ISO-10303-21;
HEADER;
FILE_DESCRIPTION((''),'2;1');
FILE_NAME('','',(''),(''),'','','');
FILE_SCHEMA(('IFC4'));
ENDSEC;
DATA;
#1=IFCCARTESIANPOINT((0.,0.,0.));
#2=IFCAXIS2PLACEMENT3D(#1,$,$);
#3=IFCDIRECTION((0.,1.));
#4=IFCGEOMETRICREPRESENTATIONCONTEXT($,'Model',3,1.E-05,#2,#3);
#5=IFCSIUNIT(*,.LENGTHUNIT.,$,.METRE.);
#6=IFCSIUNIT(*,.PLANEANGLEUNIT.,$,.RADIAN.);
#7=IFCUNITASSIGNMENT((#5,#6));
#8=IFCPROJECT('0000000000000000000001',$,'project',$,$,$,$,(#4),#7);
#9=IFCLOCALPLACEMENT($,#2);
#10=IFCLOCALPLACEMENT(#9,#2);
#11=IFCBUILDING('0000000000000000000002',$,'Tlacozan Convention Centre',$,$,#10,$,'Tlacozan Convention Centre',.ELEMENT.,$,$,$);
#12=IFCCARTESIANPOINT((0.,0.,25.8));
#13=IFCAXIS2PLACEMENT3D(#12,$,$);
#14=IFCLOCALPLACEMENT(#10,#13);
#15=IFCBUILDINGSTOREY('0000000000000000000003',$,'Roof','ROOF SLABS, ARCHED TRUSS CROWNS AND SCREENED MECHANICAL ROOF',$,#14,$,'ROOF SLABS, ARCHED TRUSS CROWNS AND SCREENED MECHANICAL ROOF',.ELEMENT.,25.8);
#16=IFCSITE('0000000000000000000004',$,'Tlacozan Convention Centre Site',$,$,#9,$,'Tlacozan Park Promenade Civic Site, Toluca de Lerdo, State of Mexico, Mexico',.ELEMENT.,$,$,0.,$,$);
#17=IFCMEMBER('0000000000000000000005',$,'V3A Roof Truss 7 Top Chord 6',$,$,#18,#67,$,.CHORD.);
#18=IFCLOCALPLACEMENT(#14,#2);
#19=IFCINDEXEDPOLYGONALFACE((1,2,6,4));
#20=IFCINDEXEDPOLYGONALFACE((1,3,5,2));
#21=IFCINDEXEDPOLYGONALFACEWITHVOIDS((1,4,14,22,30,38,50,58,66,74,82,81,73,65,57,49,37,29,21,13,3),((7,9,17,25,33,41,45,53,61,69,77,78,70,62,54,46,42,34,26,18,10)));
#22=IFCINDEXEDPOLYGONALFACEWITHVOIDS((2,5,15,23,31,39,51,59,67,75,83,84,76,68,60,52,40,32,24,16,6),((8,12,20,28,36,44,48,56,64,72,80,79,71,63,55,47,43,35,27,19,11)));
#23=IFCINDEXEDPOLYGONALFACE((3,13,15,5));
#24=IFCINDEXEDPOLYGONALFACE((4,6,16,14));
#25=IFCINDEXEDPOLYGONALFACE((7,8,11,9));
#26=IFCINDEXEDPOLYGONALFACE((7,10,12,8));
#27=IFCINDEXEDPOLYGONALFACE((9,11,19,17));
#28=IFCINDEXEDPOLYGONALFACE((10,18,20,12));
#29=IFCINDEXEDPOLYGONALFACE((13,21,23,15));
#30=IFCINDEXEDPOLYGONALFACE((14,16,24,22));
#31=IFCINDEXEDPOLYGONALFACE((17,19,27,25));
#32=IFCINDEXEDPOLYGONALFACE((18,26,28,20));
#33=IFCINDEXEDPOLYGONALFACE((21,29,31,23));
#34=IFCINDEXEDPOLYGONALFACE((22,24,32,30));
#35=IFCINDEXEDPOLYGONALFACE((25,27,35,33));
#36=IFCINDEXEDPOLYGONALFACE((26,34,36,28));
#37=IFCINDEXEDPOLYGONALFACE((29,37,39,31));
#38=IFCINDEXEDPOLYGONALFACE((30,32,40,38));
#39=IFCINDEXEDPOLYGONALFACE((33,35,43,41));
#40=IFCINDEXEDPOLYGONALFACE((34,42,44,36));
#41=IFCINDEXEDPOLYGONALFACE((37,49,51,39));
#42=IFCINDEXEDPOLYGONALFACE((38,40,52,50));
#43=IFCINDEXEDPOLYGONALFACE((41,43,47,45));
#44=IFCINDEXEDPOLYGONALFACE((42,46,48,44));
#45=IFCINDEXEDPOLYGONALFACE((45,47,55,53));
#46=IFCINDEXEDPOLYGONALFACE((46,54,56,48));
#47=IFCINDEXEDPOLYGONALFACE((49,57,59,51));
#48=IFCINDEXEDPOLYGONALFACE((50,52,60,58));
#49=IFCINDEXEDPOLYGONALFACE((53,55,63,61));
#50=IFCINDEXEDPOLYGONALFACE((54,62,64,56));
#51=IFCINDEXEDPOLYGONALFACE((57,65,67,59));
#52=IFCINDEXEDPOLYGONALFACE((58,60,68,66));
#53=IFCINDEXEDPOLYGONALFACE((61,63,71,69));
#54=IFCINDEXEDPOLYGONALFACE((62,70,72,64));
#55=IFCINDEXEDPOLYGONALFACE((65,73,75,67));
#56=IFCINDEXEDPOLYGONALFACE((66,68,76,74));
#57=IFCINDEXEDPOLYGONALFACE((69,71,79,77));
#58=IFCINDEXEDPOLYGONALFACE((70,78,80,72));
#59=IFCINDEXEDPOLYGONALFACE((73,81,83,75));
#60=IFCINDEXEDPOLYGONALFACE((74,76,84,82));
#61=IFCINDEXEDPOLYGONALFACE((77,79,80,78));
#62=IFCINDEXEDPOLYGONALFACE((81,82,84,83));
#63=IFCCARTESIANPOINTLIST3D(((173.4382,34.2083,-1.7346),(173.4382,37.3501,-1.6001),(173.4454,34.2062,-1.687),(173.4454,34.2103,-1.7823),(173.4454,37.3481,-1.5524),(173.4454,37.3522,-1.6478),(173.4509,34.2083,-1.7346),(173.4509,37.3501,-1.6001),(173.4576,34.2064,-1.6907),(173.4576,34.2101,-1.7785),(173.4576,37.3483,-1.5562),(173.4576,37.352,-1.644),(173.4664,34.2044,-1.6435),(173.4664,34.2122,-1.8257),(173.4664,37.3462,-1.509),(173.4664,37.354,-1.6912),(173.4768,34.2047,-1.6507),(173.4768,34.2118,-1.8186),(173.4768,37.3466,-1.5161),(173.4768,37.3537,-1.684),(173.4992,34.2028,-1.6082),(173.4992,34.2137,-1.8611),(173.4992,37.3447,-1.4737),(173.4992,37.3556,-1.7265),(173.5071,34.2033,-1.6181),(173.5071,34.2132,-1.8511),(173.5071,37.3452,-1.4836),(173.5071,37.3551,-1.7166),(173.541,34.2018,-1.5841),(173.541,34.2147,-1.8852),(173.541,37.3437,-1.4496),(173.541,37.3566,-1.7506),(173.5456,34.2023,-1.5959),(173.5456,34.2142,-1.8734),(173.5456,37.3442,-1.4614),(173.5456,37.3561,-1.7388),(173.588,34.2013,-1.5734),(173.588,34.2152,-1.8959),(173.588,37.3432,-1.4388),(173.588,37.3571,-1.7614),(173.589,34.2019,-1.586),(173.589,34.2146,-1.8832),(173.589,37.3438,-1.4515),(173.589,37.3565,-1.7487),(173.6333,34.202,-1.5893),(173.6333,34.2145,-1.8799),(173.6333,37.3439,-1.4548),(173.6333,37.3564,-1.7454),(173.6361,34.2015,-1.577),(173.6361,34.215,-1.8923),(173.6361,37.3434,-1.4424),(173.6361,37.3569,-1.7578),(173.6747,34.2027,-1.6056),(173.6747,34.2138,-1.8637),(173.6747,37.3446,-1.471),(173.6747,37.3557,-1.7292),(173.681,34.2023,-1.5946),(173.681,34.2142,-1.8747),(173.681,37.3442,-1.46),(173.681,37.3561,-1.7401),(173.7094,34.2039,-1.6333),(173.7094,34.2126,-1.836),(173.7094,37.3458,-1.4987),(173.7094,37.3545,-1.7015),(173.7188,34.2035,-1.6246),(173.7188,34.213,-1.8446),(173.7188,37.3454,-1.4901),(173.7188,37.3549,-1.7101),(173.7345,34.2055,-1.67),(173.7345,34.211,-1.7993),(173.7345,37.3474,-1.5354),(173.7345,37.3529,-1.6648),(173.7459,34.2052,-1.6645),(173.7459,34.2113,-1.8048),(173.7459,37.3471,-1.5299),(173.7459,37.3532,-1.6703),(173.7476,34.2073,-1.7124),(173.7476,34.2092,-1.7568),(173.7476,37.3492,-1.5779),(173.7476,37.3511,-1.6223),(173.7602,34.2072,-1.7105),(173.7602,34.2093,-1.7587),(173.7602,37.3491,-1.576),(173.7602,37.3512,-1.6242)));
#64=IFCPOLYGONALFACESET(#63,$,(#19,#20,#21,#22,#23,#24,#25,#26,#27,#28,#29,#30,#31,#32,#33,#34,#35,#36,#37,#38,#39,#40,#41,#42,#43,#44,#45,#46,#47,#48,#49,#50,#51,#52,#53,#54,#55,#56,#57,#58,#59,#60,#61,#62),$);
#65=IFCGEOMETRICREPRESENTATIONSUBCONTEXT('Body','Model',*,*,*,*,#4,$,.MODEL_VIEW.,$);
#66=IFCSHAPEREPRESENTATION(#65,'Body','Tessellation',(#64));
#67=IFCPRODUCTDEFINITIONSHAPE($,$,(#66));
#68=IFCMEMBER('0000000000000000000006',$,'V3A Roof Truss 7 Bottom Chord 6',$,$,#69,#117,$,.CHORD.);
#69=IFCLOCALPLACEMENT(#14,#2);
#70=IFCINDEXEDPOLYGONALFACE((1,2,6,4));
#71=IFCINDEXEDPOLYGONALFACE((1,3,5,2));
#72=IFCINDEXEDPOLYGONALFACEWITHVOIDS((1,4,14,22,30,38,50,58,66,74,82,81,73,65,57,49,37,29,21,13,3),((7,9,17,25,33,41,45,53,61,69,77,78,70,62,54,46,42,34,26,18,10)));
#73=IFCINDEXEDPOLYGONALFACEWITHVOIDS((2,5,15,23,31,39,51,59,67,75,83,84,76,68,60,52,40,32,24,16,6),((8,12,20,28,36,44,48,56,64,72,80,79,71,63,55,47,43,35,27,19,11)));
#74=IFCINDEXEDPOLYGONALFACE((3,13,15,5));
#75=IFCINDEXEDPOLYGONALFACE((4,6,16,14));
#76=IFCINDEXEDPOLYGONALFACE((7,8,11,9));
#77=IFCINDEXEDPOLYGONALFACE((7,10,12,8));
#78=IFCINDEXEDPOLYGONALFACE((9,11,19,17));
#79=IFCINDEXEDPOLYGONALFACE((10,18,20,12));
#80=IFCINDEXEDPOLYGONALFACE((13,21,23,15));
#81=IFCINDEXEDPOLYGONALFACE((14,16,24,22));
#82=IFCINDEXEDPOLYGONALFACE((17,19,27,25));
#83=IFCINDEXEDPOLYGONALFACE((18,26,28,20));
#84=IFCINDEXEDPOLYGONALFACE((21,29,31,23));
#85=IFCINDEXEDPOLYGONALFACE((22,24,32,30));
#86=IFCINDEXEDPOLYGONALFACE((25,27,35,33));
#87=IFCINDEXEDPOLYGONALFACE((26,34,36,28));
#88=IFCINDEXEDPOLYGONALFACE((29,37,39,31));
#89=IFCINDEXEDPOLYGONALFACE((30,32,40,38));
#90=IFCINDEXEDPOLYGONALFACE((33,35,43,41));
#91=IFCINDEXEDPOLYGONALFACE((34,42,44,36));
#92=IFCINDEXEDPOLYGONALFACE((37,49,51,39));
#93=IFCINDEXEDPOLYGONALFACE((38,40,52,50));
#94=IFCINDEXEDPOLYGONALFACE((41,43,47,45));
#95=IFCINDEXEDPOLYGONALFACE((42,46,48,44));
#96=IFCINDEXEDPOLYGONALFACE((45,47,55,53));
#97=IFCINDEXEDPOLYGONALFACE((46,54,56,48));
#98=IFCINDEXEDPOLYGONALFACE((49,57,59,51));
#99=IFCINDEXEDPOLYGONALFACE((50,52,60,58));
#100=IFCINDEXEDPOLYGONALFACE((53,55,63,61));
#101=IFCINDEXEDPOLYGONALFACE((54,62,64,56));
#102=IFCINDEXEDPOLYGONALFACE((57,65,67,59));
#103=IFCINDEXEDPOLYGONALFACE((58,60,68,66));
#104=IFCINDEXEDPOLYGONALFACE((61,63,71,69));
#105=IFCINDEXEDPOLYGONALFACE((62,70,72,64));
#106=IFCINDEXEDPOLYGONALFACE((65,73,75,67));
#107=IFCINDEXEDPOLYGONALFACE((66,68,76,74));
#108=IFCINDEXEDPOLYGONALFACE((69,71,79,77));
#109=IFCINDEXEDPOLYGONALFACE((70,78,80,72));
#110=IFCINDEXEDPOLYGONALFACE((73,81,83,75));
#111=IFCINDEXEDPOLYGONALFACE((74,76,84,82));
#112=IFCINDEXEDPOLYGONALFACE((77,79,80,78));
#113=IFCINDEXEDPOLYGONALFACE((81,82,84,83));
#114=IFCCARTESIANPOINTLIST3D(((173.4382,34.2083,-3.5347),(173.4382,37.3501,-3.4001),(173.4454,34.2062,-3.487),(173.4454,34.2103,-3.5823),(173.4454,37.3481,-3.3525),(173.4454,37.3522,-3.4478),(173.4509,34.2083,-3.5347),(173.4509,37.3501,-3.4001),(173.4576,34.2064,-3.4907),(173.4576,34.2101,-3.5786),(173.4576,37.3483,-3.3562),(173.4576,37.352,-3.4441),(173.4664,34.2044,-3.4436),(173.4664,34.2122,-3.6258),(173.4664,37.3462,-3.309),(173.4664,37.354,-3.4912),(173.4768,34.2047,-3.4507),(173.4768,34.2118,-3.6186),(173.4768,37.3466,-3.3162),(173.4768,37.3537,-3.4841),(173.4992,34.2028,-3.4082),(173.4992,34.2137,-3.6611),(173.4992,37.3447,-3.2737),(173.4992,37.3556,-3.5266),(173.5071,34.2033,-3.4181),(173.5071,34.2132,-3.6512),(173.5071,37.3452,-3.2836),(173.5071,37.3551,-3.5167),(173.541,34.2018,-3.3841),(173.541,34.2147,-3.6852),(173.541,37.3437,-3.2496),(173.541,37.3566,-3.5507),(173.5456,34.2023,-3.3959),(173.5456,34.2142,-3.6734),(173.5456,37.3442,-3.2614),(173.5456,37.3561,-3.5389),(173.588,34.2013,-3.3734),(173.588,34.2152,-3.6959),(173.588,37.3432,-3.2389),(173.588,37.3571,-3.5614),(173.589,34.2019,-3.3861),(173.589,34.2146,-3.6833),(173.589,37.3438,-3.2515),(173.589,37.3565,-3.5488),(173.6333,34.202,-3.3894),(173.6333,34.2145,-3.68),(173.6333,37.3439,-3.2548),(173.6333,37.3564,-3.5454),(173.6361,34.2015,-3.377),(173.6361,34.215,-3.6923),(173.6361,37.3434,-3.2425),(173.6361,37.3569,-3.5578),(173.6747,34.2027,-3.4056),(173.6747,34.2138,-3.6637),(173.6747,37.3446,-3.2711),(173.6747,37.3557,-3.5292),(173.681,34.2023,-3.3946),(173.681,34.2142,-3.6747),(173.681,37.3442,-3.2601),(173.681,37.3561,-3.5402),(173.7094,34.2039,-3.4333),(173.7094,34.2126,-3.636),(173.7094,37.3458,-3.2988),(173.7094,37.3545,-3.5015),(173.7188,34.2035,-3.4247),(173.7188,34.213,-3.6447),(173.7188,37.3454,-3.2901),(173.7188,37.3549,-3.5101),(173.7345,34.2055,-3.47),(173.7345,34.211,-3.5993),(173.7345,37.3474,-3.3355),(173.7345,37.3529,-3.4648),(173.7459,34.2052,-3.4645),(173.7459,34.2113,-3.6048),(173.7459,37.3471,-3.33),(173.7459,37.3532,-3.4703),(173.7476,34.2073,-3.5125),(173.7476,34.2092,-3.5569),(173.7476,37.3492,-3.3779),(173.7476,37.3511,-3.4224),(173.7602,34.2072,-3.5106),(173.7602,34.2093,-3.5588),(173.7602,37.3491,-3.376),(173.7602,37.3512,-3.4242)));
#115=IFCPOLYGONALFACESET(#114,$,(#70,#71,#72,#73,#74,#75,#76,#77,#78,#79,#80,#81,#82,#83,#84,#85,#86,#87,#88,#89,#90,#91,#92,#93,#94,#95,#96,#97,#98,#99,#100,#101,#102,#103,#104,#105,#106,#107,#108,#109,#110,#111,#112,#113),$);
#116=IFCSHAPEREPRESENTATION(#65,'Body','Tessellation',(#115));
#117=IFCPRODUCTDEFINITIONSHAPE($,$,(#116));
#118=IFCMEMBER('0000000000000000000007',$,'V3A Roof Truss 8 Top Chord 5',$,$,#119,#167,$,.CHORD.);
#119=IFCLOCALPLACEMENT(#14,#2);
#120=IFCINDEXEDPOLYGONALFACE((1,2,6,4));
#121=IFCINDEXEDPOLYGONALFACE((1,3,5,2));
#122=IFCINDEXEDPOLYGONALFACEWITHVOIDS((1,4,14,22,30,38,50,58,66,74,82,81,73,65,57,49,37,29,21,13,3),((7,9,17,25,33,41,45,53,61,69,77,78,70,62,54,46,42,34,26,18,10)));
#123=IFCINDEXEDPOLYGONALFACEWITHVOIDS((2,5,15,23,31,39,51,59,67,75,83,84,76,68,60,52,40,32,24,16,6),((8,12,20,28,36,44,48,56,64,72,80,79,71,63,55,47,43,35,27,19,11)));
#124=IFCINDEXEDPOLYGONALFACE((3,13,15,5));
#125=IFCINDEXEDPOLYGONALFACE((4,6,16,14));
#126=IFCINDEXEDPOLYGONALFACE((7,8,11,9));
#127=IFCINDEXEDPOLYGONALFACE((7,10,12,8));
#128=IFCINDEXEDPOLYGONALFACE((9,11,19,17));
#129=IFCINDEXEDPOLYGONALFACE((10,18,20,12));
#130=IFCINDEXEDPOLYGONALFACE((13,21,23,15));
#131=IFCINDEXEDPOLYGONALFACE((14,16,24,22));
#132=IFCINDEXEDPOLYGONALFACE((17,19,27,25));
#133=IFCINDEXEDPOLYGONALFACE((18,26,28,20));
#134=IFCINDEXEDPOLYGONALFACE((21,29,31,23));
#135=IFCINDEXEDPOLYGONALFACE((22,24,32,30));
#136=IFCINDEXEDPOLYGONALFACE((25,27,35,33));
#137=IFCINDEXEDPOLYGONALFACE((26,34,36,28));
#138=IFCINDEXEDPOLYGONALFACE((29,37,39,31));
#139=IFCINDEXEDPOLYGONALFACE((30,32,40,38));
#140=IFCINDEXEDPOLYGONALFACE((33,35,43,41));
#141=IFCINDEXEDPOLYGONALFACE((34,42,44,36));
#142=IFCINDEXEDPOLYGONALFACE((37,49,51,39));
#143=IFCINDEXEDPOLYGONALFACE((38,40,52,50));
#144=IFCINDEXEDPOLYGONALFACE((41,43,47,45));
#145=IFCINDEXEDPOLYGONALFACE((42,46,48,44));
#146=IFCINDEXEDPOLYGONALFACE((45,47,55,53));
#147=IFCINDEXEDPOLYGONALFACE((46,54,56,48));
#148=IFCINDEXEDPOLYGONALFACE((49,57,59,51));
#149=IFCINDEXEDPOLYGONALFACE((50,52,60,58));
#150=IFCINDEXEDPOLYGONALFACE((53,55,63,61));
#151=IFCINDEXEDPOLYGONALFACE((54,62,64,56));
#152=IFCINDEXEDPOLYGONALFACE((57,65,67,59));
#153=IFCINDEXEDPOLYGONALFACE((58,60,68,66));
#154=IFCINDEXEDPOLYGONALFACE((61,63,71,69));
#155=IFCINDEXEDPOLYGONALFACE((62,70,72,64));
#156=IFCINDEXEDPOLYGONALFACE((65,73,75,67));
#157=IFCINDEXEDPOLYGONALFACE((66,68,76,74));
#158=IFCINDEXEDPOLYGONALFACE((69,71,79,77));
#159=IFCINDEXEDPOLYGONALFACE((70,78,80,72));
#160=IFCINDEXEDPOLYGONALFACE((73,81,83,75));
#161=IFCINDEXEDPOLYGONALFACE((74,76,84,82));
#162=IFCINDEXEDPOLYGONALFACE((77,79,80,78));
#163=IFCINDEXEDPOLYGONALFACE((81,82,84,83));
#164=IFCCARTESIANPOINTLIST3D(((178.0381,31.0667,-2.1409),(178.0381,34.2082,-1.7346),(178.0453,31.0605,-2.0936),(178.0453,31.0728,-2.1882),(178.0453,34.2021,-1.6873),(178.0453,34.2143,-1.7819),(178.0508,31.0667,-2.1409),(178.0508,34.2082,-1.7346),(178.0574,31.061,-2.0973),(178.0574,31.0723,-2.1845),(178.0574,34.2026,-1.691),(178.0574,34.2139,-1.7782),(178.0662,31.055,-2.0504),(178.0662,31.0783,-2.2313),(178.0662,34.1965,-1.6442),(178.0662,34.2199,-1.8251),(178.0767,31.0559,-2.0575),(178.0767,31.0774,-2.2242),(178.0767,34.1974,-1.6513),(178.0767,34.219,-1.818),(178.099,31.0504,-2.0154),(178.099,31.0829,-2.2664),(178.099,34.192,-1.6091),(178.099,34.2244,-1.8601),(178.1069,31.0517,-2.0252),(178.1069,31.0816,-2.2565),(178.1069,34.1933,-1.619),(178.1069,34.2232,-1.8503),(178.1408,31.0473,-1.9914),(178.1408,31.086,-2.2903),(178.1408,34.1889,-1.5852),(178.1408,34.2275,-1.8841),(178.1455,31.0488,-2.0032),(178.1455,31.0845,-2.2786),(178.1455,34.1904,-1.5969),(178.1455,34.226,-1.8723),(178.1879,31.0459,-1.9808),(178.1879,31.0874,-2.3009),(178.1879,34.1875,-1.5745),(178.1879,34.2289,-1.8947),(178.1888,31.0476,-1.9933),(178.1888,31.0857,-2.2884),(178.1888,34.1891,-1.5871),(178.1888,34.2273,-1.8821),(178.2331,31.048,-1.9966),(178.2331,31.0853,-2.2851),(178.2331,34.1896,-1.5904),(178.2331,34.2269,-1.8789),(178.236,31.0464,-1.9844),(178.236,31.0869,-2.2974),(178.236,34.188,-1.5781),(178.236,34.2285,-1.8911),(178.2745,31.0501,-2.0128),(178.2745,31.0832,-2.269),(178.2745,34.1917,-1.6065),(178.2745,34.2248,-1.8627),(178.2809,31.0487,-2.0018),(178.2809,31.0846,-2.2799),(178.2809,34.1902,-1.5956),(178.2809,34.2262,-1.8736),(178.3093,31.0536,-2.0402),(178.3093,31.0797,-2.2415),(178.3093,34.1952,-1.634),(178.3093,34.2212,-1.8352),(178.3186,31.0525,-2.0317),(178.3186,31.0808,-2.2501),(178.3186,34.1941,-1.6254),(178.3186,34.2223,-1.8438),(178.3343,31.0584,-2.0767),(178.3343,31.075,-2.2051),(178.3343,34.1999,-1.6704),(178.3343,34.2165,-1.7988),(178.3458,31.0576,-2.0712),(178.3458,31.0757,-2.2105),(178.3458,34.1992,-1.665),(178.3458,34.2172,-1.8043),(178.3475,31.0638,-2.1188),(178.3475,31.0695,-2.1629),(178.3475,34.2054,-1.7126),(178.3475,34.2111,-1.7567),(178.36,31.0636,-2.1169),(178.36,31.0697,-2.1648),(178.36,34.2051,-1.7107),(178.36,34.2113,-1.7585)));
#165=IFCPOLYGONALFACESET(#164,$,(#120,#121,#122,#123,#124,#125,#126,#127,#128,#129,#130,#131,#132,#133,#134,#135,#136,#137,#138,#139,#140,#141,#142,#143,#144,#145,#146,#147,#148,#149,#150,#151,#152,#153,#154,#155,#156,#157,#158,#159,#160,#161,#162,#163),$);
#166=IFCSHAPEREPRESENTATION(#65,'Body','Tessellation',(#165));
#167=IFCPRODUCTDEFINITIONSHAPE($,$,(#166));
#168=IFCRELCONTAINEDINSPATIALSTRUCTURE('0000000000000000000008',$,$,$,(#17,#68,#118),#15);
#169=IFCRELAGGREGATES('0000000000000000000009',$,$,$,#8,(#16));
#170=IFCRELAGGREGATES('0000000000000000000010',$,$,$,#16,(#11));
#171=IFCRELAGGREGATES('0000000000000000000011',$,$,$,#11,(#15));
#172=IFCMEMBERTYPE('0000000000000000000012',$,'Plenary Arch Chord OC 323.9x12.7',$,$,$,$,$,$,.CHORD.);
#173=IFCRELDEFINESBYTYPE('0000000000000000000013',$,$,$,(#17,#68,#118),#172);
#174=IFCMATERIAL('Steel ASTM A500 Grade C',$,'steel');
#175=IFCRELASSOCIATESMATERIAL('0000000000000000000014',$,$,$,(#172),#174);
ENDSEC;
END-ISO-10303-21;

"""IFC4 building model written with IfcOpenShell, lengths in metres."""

from ifc_helpers import new_model, si_unit, direction, frame, origin, origin_2d, place, context, subcontext, project, spatial, hollow_circle, extrude, material, material_profile, profile_set, type_object, element, save


model = new_model("IFC4")

# Units and contexts
model_context = context("Model", 3, precision=1e-05, world=origin(), true_north=direction((0.0, 1.0)))
body_context = subcontext(model_context, "Body", "Model", "MODEL_VIEW")
ifc_project = project(units=[si_unit("LENGTHUNIT", "METRE"), si_unit("PLANEANGLEUNIT", "RADIAN")], contexts=[model_context])

# Site, building, storey
site_placement = place(None, origin())
site = spatial("IfcSite", under=ifc_project, at=site_placement, Name="Tlacozan Convention Centre Site", LongName="Tlacozan Park Promenade Civic Site, Toluca de Lerdo, State of Mexico, Mexico", CompositionType="ELEMENT", RefElevation=0.0)
building_placement = place(site_placement, origin())
building = spatial("IfcBuilding", under=site, at=building_placement, Name="Tlacozan Convention Centre", LongName="Tlacozan Convention Centre", CompositionType="ELEMENT")
storey_placement = place(building_placement, frame((0.0, 0.0, 25.8)))
storey = spatial("IfcBuildingStorey", under=building, at=storey_placement, Name="Roof", Description="ROOF SLABS, ARCHED TRUSS CROWNS AND SCREENED MECHANICAL ROOF", LongName="ROOF SLABS, ARCHED TRUSS CROWNS AND SCREENED MECHANICAL ROOF", CompositionType="ELEMENT", Elevation=25.8)

# Members
ifc_material_1 = material(Name="Steel ASTM A500 Grade C", Category="steel")
ifc_material_profile_1 = material_profile(ifc_material_1, hollow_circle(Radius=0.1619, WallThickness=0.0127, at=origin_2d()), Name="OC 323.9x12.7")
ifc_profile_set_1 = profile_set([ifc_material_profile_1], Name="Steel ASTM A500 Grade C")
member_type_1 = type_object("IfcMemberType", Name="Plenary Arch Chord OC 323.9x12.7", PredefinedType="CHORD", material=ifc_profile_set_1)
for number, where, z_axis, x_axis, name in (
    (1, (173.6001, 34.2083, -1.7346), (0.0, 0.999085, 0.042777), (-1.0, 0.0, 0.0), "V3A Roof Truss 7 Top Chord 6"),
    (2, (173.6001, 34.2083, -3.5347), (0.0, 0.999085, 0.042777), (-1.0, 0.0, 0.0), "V3A Roof Truss 7 Bottom Chord 6"),
):
    element("IfcMember", number, at=place(storey_placement, frame(where, z_axis=z_axis, x_axis=x_axis)), inside=storey, type_object=member_type_1, Name=name, PredefinedType="CHORD", context=body_context, shape_type="SweptSolid", body=[
        extrude(hollow_circle(Radius=0.1619, WallThickness=0.0127, at=origin_2d()), origin(), (0.0, 0.0, 1.0), 3.1448),
    ])
for number, where, z_axis, x_axis, name in (
    (3, (178.2, 31.0667, -2.1409), (0.0, 0.991742, 0.128245), (-1.0, 0.0, 0.0), "V3A Roof Truss 8 Top Chord 5"),
):
    element("IfcMember", number, at=place(storey_placement, frame(where, z_axis=z_axis, x_axis=x_axis)), inside=storey, type_object=member_type_1, Name=name, PredefinedType="CHORD", context=body_context, shape_type="SweptSolid", body=[
        extrude(hollow_circle(Radius=0.1619, WallThickness=0.0127, at=origin_2d()), origin(), (0.0, 0.0, 1.0), 3.1677),
    ])

save(model, "model.ifc")
